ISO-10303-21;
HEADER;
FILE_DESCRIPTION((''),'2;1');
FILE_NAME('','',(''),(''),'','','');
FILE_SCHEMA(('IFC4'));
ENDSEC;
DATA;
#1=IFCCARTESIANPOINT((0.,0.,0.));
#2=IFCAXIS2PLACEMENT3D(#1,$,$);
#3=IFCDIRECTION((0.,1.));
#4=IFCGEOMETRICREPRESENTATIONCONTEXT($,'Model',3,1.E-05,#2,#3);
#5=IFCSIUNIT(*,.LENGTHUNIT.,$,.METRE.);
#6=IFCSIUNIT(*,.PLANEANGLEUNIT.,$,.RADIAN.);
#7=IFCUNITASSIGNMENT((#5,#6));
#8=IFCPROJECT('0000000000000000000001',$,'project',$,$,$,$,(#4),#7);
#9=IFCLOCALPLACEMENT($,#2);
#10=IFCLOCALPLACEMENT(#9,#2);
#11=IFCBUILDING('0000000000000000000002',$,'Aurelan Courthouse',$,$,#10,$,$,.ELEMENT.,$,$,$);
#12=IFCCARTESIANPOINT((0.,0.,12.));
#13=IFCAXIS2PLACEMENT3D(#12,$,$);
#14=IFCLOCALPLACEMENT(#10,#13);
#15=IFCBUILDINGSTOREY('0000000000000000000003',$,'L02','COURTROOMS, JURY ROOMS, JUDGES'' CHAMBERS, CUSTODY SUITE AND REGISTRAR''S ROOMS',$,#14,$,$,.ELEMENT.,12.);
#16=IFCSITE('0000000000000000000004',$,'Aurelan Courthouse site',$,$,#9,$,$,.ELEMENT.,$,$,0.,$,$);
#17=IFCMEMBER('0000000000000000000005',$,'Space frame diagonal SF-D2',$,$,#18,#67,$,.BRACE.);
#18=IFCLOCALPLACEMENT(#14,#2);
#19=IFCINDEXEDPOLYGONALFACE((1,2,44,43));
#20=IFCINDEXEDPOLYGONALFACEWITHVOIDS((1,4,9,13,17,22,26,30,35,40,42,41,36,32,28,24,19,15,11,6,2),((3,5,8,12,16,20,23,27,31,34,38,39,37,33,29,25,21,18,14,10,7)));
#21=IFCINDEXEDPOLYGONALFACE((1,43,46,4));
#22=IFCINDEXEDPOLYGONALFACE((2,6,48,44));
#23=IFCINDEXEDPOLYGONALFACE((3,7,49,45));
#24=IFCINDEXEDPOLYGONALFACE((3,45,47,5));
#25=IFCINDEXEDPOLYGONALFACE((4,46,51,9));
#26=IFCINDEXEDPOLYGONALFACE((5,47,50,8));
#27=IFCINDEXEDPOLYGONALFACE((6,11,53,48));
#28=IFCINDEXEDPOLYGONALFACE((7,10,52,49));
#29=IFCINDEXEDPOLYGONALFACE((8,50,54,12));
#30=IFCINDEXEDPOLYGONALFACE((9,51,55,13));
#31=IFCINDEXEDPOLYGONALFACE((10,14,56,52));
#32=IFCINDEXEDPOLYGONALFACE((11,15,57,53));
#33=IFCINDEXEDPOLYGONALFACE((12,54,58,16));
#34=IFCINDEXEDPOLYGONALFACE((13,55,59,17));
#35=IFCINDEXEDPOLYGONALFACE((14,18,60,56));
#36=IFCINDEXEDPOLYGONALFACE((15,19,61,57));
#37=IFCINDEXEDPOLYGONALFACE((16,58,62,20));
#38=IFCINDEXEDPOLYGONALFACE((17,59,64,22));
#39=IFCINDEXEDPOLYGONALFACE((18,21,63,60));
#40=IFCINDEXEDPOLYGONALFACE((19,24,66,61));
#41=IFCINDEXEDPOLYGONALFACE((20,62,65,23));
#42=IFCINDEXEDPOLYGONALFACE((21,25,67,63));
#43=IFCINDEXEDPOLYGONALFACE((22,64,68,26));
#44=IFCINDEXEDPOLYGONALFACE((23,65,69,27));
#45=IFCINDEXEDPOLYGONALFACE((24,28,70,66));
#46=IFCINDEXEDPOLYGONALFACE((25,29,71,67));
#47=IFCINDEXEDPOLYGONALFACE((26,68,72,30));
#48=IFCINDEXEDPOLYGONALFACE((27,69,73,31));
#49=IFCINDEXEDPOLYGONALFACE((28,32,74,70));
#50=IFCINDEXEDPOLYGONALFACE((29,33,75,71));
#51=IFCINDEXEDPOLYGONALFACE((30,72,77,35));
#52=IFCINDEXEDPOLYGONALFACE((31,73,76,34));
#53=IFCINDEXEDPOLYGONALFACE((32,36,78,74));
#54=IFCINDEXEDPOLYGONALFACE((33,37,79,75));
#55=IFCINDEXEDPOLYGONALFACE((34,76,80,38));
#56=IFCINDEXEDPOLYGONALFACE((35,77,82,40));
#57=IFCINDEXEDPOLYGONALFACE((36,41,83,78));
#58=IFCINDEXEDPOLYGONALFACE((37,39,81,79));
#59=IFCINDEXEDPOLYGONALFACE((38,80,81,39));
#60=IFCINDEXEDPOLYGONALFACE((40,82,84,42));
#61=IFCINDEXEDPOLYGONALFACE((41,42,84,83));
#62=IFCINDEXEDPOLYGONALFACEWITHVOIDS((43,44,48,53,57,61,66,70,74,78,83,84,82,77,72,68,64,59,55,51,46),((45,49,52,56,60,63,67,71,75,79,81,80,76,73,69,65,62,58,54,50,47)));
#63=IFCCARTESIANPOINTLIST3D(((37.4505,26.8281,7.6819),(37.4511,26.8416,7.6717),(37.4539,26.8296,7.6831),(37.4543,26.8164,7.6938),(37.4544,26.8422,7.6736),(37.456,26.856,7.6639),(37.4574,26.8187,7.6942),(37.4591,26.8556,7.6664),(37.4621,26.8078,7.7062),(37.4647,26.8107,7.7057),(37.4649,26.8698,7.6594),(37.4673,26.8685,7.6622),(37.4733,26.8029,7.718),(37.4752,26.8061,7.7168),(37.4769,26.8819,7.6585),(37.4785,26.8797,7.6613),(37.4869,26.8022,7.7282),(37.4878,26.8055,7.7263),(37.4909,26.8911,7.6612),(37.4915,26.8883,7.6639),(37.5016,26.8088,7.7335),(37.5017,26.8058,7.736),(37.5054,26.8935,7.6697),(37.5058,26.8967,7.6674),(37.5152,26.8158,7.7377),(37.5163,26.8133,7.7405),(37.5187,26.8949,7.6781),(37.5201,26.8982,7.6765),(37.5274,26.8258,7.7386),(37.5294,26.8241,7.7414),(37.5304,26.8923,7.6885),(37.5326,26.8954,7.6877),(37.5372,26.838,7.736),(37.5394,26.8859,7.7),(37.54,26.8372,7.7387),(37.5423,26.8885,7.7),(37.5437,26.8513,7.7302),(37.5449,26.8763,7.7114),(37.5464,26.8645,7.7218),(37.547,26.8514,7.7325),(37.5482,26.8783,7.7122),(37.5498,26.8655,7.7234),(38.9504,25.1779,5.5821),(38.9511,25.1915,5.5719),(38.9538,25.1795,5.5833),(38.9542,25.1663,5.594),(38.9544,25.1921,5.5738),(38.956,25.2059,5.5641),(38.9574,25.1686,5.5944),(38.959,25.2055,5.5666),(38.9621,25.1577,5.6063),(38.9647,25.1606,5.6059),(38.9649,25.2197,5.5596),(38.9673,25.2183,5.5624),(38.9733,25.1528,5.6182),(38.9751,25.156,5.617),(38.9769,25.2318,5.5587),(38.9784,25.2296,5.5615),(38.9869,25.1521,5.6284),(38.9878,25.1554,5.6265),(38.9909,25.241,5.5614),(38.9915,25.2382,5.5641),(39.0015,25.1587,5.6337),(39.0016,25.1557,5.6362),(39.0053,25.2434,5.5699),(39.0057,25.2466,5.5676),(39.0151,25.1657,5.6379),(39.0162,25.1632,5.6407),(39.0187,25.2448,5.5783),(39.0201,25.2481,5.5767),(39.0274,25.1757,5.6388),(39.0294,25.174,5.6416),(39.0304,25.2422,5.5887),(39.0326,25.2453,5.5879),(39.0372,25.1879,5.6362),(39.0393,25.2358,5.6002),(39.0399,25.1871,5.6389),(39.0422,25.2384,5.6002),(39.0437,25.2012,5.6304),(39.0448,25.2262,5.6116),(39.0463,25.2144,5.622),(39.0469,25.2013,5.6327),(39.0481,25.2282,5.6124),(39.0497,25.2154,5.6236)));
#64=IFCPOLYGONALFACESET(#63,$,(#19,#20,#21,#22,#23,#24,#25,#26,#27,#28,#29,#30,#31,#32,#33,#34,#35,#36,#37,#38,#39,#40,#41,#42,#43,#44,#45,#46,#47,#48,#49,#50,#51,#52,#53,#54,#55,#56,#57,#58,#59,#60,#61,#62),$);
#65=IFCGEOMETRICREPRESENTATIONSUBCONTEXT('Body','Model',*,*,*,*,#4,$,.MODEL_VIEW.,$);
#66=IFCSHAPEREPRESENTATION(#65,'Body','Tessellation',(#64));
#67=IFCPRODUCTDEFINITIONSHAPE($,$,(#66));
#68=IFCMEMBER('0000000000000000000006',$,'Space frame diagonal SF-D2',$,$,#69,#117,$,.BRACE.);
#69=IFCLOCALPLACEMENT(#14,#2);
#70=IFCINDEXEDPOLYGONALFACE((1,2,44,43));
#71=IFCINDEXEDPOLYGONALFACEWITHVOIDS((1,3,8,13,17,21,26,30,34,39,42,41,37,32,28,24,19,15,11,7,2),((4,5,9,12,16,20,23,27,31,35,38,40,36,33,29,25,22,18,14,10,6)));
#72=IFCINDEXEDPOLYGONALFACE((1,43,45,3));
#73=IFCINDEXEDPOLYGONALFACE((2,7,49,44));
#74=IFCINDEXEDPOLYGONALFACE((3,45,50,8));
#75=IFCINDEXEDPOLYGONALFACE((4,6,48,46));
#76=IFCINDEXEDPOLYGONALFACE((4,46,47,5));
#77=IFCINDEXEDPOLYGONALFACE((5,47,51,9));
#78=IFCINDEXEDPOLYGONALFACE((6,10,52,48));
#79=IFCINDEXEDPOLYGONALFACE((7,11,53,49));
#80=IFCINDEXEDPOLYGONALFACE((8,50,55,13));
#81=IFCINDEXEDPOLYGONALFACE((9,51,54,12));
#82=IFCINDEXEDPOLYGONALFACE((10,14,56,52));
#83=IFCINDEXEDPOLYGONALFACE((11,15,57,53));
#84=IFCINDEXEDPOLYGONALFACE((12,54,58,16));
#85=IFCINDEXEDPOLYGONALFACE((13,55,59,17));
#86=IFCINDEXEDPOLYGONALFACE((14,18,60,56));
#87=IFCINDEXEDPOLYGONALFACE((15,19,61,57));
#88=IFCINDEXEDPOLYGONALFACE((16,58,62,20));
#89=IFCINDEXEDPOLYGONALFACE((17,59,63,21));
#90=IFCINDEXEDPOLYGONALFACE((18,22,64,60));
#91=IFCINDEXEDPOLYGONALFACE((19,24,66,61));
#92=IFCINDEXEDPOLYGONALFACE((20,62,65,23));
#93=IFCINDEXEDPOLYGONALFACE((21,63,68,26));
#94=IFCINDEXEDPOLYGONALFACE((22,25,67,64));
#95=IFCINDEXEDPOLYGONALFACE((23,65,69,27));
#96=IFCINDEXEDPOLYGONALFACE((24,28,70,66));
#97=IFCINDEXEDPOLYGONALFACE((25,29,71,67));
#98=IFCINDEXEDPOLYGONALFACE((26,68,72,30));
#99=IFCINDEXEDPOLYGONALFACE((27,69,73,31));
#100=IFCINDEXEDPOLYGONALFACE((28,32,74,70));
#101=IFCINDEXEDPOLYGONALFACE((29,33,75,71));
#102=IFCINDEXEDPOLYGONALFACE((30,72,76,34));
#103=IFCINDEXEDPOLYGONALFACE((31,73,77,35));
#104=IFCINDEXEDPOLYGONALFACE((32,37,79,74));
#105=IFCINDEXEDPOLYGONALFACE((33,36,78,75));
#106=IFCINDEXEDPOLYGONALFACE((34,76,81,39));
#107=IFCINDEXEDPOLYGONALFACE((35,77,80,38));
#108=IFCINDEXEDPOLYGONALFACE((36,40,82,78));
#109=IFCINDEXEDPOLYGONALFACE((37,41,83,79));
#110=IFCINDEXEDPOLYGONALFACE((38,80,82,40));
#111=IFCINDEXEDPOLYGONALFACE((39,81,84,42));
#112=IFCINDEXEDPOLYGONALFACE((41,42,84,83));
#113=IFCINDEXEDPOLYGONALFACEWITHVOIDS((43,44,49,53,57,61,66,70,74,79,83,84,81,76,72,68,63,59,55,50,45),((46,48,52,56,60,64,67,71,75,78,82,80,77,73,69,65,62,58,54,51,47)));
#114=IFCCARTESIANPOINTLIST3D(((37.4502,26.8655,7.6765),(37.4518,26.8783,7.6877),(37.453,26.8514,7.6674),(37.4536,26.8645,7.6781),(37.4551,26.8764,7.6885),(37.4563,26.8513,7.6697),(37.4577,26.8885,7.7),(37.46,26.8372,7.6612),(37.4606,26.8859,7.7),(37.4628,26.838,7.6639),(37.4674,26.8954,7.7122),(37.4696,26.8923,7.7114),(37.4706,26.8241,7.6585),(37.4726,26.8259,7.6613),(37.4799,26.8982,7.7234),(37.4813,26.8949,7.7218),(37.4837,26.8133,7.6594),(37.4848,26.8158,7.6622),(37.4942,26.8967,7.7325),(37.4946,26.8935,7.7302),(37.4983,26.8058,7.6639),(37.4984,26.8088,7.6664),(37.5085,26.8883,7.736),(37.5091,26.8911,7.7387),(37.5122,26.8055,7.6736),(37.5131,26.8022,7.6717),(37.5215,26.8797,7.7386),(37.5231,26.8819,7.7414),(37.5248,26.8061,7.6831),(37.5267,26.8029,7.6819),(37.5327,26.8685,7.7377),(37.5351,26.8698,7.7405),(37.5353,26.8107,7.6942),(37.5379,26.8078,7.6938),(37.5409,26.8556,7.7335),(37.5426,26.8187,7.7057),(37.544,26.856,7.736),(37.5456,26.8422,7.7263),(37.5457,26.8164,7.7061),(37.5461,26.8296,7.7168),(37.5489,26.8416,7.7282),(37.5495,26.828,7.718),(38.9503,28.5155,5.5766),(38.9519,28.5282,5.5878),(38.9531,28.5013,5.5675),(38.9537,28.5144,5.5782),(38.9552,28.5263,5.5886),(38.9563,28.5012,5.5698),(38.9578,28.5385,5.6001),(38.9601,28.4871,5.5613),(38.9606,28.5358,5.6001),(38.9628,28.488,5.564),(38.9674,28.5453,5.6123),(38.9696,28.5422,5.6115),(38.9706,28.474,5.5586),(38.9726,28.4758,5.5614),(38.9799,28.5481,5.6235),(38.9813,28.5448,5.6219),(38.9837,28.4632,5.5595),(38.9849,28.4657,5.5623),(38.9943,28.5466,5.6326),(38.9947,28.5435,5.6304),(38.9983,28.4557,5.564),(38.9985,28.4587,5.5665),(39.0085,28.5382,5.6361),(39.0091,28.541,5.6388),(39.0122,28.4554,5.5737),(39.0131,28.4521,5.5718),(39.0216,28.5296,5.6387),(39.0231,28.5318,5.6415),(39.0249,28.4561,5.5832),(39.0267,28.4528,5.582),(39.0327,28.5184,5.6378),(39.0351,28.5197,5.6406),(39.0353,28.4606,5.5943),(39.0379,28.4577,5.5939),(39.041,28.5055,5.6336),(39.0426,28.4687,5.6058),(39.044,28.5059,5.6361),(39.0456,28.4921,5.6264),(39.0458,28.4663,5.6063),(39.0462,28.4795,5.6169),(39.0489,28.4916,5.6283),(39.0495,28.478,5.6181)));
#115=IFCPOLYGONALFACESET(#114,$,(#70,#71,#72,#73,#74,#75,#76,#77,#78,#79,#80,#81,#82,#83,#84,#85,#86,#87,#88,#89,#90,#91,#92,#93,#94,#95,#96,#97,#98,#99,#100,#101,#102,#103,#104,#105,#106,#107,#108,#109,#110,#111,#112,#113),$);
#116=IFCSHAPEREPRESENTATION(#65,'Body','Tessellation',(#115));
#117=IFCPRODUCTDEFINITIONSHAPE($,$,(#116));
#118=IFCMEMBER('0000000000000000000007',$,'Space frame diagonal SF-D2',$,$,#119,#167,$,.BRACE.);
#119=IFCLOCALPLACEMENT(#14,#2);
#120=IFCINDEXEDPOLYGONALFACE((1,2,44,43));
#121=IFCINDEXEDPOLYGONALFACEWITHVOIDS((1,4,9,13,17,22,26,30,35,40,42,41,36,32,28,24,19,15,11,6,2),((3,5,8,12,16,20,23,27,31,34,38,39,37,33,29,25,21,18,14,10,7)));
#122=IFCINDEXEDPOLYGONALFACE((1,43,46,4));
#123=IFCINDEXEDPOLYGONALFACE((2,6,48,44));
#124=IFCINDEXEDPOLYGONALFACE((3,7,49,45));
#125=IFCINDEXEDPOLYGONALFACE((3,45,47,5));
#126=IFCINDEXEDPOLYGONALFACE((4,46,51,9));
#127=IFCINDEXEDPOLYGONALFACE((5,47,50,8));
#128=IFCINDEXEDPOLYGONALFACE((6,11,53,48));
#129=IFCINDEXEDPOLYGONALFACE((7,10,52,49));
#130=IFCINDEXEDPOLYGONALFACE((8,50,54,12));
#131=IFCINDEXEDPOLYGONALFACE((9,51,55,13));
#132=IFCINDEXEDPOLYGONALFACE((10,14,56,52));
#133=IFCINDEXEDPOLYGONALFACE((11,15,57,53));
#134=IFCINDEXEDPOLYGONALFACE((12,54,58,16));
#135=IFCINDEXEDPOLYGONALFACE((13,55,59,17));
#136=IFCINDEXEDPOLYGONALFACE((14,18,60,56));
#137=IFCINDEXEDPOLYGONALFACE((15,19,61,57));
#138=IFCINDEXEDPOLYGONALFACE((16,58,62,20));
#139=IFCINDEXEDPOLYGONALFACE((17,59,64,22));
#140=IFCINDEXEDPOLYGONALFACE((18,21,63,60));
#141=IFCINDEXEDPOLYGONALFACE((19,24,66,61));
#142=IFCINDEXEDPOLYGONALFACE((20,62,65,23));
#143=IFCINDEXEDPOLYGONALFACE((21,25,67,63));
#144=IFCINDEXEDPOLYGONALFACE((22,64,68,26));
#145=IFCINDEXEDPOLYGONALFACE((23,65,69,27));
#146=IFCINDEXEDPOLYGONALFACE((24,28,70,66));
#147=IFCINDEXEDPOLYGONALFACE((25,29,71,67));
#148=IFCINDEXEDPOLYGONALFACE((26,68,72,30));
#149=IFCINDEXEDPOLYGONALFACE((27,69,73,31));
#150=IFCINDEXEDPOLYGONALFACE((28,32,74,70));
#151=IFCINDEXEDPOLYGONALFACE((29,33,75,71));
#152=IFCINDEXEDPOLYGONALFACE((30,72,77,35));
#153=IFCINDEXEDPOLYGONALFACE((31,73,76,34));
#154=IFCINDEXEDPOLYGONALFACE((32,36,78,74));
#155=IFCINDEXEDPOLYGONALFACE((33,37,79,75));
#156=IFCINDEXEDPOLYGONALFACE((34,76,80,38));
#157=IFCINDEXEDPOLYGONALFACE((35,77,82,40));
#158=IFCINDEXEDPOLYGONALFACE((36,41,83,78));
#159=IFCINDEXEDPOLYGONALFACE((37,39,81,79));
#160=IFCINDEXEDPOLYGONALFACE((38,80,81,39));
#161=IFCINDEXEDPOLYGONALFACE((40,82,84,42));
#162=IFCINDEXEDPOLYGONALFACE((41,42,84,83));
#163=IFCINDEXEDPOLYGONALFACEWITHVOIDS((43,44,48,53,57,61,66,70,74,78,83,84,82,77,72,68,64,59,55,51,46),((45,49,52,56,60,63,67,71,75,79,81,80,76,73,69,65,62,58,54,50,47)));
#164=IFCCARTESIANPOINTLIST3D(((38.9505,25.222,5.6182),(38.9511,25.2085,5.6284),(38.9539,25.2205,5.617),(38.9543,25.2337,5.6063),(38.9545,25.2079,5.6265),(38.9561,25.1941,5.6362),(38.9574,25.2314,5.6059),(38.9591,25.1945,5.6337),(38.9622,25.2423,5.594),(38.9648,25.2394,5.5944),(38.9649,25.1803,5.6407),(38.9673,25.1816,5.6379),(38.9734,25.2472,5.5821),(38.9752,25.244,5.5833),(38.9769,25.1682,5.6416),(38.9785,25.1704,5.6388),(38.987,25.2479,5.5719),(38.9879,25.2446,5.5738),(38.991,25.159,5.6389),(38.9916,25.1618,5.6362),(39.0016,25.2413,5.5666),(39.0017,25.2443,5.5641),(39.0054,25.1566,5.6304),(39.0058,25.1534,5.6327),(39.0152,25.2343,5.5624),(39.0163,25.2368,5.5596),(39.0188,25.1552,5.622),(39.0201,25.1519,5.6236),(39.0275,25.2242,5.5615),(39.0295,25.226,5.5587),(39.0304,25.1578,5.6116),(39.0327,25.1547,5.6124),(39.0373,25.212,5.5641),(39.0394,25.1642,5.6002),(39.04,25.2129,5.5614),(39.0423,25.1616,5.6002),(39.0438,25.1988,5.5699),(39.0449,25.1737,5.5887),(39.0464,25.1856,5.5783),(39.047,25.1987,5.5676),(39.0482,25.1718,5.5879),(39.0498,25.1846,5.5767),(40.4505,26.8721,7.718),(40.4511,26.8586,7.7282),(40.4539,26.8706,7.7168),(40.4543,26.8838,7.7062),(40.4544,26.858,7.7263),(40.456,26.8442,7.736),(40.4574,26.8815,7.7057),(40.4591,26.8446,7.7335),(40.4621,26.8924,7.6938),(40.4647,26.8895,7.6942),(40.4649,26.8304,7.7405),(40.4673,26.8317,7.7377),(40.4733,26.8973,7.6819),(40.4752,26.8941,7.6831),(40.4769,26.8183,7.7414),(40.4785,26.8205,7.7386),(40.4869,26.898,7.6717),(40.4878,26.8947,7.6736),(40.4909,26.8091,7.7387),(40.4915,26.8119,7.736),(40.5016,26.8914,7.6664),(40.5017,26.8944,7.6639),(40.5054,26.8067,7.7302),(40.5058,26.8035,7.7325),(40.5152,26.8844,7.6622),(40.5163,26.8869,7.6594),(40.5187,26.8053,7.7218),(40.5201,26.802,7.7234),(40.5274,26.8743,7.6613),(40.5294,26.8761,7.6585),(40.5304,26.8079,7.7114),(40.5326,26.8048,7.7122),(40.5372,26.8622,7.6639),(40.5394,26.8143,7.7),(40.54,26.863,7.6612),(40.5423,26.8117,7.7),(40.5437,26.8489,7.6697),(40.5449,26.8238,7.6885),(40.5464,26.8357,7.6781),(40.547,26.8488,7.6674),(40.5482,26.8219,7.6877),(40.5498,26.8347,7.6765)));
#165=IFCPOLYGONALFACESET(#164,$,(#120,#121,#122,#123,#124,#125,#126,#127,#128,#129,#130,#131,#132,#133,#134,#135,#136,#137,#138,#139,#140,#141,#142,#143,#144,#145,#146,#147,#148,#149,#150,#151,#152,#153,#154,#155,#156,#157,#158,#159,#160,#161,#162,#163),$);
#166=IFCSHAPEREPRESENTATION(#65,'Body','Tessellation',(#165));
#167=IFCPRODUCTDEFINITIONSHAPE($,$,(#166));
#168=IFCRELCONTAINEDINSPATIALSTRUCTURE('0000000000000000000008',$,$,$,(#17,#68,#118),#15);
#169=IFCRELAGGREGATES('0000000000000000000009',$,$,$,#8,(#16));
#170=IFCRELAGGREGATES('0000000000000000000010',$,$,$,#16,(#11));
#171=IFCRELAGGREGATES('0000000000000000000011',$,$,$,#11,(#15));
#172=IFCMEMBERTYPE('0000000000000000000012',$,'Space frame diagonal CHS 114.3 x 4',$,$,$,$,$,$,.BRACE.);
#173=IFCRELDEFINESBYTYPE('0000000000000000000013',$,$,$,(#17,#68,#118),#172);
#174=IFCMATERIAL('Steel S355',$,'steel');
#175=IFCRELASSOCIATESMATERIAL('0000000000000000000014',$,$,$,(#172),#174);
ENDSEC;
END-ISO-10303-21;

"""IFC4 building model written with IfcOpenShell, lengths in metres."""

from ifc_helpers import new_model, si_unit, direction, frame, origin, origin_2d, place, context, subcontext, project, spatial, hollow_circle, extrude, material, material_profile, profile_set, type_object, element, save


model = new_model("IFC4")

# Units and contexts
model_context = context("Model", 3, precision=1e-05, world=origin(), true_north=direction((0.0, 1.0)))
body_context = subcontext(model_context, "Body", "Model", "MODEL_VIEW")
ifc_project = project(units=[si_unit("LENGTHUNIT", "METRE"), si_unit("PLANEANGLEUNIT", "RADIAN")], contexts=[model_context])

# Site, building, storey
site_placement = place(None, origin())
site = spatial("IfcSite", under=ifc_project, at=site_placement, Name="Aurelan Courthouse site", CompositionType="ELEMENT", RefElevation=0.0)
building_placement = place(site_placement, origin())
building = spatial("IfcBuilding", under=site, at=building_placement, Name="Aurelan Courthouse", CompositionType="ELEMENT")
storey_placement = place(building_placement, frame((0.0, 0.0, 12.0)))
storey = spatial("IfcBuildingStorey", under=building, at=storey_placement, Name="L02", Description="COURTROOMS, JURY ROOMS, JUDGES' CHAMBERS, CUSTODY SUITE AND REGISTRAR'S ROOMS", CompositionType="ELEMENT", Elevation=12.0)

# Members
ifc_material_1 = material(Name="Steel S355", Category="steel")
ifc_material_profile_1 = material_profile(ifc_material_1, hollow_circle(Radius=0.0571, WallThickness=0.0039, at=origin_2d()), Name="CHS 114.3 x 4")
ifc_profile_set_1 = profile_set([ifc_material_profile_1], Name="Steel S355")
member_type_1 = type_object("IfcMemberType", Name="Space frame diagonal CHS 114.3 x 4", PredefinedType="BRACE", material=ifc_profile_set_1)
for number, where, z_axis, x_axis, name in (
    (1, (37.5, 26.8501, 7.7), (0.489706, -0.538724, -0.68554), (0.73997, 0.67264, 0.0), "Space frame diagonal SF-D2"),
    (2, (37.5, 26.8501, 7.7), (0.489727, 0.538667, -0.685569), (-0.73992, 0.672695, 0.0), "Space frame diagonal SF-D2"),
    (3, (40.5, 26.8501, 7.7), (-0.489706, -0.538724, -0.68554), (0.73997, -0.67264, 0.0), "Space frame diagonal SF-D2"),
):
    element("IfcMember", number, at=place(storey_placement, frame(where, z_axis=z_axis, x_axis=x_axis)), inside=storey, type_object=member_type_1, Name=name, PredefinedType="BRACE", context=body_context, shape_type="SweptSolid", body=[
        extrude(hollow_circle(Radius=0.0571, WallThickness=0.0039, at=origin_2d()), origin(), (0.0, 0.0, 1.0), 3.063),
    ])

save(model, "model.ifc")
